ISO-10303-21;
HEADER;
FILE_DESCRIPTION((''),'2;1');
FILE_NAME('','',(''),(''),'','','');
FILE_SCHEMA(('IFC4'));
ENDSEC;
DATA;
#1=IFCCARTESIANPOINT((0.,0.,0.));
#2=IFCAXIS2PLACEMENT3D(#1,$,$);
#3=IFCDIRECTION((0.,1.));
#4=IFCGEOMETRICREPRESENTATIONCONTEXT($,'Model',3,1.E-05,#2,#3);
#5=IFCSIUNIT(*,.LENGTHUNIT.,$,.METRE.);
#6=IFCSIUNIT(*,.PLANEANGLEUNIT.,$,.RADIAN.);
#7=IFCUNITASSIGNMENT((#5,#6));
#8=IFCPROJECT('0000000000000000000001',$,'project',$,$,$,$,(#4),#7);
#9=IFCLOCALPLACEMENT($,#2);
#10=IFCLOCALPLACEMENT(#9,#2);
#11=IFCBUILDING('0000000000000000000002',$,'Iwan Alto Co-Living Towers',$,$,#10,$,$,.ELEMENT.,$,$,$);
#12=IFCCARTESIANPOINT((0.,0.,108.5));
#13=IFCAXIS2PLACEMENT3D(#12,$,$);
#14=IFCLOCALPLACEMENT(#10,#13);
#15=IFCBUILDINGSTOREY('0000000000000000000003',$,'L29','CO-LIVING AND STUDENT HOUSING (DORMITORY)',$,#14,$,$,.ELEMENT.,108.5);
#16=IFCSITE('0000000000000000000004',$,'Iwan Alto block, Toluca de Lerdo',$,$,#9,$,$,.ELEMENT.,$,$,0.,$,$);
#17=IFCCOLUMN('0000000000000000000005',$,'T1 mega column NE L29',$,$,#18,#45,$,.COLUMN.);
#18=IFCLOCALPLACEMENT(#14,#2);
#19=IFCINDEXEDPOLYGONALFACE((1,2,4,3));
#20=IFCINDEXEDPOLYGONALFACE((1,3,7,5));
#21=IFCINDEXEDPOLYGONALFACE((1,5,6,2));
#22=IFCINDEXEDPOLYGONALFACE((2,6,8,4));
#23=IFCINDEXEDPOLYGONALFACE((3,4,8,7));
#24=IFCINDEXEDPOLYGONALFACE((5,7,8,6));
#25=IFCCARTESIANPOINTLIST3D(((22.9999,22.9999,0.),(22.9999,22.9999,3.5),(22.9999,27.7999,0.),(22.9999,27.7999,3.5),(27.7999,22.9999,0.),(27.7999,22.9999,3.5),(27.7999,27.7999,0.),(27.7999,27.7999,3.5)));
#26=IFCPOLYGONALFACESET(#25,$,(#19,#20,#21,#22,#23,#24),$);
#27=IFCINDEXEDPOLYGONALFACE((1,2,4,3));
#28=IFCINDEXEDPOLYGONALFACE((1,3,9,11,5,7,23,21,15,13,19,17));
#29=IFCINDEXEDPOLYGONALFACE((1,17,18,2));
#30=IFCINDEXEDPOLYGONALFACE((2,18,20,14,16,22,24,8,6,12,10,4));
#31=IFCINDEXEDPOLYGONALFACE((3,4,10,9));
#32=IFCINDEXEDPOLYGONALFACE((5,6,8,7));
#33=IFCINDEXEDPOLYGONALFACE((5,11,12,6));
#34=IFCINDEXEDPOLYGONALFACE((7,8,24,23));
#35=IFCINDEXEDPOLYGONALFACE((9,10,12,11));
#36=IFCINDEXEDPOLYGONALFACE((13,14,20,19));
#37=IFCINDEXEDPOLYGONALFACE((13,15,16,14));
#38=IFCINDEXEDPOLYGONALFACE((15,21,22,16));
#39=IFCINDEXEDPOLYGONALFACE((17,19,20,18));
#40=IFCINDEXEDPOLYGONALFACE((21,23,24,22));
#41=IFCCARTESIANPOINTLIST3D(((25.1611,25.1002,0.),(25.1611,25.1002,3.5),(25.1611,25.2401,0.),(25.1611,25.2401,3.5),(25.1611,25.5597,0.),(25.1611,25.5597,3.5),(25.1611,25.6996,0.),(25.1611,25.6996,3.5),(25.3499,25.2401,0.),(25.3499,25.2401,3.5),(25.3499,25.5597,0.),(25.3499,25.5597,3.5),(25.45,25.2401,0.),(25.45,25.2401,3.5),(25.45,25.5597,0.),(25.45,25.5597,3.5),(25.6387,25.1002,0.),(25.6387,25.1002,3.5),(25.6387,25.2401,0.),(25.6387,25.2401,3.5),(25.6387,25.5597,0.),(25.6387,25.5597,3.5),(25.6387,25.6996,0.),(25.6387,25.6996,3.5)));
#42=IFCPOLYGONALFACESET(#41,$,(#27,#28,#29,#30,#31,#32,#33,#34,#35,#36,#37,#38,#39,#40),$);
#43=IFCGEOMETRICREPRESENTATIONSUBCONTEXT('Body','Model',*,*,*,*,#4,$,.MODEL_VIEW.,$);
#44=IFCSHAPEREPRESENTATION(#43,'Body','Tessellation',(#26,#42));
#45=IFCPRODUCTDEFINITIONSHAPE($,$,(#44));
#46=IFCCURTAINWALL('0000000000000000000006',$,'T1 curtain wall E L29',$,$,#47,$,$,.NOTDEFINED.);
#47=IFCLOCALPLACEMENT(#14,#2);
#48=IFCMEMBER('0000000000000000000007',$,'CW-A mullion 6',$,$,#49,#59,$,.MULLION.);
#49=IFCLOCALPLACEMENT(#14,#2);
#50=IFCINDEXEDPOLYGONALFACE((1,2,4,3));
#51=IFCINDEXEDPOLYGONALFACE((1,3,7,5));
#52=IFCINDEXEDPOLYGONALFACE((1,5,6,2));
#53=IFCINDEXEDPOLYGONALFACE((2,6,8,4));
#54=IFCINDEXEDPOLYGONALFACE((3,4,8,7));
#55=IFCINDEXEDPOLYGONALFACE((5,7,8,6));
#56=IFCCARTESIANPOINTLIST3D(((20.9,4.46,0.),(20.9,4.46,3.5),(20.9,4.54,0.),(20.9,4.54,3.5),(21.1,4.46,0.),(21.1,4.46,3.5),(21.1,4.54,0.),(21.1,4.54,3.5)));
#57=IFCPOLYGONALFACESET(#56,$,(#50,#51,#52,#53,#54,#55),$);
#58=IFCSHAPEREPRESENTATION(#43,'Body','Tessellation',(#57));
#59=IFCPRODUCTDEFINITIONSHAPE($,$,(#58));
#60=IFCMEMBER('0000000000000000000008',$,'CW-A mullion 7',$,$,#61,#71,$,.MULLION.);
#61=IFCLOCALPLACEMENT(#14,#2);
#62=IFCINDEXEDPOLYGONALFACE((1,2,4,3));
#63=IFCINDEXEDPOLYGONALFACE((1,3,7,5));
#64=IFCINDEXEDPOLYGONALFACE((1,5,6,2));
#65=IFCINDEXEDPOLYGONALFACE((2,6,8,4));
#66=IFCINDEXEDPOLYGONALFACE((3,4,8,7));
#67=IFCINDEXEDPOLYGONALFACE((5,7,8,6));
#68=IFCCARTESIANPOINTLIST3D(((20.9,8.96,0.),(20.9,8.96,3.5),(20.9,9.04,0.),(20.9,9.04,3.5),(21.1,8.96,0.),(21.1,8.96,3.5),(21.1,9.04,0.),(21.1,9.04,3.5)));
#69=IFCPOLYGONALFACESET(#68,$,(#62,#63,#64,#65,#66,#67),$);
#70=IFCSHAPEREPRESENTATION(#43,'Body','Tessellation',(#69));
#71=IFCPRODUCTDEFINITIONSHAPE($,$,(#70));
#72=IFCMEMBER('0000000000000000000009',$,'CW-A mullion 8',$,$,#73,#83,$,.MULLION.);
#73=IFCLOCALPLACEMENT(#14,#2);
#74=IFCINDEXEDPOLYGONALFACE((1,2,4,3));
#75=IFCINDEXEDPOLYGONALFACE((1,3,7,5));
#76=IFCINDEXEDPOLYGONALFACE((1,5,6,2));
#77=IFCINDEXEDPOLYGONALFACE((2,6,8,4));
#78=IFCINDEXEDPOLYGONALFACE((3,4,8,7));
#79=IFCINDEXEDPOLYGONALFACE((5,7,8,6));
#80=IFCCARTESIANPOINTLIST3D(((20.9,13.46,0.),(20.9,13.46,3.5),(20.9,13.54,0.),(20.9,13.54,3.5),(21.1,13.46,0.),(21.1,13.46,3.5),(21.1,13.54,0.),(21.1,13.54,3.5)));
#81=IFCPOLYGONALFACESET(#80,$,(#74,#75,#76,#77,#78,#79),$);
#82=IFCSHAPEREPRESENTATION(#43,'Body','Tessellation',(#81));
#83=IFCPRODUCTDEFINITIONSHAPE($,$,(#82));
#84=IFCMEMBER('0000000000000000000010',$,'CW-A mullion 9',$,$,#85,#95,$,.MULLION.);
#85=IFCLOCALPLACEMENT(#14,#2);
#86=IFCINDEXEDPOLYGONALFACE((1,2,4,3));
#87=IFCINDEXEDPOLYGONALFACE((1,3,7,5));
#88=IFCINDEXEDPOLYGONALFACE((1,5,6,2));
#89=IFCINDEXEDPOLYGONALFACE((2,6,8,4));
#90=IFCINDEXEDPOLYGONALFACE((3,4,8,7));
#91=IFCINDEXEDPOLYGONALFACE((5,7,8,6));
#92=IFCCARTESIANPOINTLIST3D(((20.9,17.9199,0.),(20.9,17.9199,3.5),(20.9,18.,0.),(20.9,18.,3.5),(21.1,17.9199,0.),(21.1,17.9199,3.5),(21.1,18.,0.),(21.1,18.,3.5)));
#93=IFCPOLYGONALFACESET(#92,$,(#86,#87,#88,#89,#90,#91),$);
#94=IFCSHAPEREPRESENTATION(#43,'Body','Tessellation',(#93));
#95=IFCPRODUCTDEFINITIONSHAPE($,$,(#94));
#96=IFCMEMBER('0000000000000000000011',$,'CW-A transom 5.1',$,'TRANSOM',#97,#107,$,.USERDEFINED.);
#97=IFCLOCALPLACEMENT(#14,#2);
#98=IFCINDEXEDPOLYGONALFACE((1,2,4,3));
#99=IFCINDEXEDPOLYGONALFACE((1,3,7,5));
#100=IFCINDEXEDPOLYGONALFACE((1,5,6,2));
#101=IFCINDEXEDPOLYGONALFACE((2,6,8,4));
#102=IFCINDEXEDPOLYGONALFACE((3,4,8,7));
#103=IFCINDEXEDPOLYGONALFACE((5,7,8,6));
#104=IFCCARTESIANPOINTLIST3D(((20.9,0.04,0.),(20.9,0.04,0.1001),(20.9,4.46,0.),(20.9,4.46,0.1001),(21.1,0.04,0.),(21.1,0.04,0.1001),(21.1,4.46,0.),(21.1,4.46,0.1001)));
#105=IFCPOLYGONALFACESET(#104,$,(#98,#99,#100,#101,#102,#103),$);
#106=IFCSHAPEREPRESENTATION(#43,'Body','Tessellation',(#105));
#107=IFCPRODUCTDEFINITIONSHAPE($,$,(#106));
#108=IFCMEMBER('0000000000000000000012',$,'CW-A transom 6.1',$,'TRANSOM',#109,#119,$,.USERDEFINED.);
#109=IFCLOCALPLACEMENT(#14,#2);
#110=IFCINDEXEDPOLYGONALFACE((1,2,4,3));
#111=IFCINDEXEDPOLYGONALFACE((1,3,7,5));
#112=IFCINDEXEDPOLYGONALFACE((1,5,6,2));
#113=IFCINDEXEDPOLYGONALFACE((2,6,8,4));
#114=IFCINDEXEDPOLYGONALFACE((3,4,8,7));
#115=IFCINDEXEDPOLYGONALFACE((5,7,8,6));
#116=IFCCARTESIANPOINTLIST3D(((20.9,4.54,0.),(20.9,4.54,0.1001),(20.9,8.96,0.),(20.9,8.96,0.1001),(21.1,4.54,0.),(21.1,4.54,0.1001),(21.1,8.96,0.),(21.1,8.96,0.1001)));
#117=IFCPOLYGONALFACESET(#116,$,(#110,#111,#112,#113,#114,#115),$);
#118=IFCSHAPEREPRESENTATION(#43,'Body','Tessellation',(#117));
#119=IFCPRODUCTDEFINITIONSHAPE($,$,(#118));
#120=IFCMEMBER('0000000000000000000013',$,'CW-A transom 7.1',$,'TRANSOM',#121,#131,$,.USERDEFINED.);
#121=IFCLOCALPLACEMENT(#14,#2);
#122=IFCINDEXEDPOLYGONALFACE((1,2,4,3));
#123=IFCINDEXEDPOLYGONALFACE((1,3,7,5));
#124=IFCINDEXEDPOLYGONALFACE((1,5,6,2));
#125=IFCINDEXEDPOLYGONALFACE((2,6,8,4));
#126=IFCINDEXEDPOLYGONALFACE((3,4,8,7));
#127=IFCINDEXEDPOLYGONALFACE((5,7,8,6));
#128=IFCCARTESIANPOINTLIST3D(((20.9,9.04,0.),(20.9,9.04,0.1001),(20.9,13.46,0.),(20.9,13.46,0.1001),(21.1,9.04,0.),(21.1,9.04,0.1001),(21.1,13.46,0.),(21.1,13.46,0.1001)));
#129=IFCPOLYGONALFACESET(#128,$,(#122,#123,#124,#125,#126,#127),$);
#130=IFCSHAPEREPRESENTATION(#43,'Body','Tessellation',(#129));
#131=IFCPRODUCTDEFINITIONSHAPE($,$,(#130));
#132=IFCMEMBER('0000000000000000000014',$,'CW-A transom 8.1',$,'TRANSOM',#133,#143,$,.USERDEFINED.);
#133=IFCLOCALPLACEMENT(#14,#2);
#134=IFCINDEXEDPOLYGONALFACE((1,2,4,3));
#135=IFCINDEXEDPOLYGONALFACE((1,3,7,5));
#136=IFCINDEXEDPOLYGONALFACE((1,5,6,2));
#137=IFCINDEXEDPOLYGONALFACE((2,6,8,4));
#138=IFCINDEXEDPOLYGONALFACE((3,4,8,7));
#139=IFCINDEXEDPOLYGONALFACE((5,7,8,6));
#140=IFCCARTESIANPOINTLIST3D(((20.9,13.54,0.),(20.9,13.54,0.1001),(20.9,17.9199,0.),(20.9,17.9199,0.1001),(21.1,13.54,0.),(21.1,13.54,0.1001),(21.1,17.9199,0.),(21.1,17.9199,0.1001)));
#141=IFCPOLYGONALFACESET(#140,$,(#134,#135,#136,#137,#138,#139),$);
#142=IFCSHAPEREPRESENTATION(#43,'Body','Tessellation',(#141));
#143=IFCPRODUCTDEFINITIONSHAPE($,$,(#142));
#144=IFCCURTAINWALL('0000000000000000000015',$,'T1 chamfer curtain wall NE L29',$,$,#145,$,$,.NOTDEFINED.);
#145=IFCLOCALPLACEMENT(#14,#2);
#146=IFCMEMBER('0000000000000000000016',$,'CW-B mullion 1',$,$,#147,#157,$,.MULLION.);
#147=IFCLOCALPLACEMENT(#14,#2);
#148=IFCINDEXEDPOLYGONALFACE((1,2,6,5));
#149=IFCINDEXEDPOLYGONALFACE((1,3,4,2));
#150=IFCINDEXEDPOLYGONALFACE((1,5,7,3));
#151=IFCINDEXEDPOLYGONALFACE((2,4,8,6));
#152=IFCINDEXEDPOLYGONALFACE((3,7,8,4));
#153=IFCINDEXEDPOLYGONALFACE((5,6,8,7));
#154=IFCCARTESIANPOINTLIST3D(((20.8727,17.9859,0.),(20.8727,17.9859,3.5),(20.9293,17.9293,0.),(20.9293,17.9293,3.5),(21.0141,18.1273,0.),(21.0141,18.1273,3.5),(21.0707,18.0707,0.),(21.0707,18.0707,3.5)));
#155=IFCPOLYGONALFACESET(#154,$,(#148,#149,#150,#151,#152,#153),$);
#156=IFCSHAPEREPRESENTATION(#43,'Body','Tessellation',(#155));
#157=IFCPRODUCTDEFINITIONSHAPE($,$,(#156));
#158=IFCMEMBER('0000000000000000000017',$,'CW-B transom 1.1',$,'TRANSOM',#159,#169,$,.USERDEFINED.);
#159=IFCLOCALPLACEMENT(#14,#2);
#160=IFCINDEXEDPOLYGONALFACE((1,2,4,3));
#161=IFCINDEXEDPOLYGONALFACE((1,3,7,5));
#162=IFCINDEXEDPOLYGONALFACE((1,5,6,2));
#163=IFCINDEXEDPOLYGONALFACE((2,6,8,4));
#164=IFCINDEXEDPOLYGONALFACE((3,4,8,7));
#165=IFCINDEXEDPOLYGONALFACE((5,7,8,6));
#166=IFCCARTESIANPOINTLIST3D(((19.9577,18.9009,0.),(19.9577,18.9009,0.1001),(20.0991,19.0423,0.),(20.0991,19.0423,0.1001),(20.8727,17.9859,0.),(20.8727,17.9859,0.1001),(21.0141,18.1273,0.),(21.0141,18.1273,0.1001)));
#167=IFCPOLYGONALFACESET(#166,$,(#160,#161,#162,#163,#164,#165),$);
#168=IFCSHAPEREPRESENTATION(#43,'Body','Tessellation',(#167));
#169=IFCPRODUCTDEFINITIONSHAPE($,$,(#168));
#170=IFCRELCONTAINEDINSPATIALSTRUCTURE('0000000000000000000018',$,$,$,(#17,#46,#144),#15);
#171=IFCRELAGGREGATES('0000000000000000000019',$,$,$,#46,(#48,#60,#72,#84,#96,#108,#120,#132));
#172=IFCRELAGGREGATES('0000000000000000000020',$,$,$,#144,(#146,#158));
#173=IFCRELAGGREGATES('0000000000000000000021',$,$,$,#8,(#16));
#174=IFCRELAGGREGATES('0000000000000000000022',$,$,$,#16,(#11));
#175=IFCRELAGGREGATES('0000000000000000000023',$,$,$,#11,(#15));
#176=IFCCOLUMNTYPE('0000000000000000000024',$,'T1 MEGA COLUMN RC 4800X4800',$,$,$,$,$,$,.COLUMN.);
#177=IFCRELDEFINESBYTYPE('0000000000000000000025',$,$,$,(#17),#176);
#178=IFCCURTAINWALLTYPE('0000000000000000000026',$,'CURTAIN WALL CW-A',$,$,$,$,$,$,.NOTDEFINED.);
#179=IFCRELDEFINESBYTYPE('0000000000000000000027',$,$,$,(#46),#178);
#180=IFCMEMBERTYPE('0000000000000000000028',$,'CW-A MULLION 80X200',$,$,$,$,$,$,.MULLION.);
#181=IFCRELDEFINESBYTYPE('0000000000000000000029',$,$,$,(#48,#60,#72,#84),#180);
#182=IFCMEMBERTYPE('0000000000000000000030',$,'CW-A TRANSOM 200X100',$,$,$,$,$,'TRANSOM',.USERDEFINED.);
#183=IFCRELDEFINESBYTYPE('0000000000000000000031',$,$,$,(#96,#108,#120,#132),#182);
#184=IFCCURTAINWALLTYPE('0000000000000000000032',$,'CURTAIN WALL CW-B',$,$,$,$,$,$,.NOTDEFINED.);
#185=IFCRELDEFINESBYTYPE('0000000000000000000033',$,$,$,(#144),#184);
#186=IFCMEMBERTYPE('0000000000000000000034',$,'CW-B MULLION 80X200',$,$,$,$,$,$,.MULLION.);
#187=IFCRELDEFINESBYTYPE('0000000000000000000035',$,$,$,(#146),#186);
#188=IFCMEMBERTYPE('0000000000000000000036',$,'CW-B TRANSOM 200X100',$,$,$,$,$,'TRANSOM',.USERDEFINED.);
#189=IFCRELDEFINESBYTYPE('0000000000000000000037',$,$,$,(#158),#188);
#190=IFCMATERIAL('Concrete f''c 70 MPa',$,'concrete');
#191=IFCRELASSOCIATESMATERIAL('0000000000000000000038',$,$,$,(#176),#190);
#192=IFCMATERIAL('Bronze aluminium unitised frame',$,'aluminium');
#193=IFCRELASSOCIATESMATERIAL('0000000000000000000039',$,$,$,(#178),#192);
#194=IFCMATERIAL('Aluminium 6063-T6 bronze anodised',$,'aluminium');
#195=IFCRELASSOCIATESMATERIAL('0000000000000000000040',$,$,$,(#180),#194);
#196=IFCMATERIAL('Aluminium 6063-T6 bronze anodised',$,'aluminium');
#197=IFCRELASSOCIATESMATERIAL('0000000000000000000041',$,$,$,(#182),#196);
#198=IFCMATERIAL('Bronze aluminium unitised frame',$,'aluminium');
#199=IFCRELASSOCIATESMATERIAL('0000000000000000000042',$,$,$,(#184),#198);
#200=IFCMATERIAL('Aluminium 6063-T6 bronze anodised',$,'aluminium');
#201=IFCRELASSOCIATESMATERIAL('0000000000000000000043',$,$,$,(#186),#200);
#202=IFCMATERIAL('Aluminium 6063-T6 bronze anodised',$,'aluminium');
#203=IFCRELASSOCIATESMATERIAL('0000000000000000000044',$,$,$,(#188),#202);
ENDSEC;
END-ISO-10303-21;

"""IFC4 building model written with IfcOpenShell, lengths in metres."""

from ifc_helpers import new_model, si_unit, direction, frame, origin, origin_2d, place, context, subcontext, project, spatial, rectangle, i_section, extrude, material, material_profile, profile_set, type_object, element, aggregate, save


model = new_model("IFC4")

# Units and contexts
model_context = context("Model", 3, precision=1e-05, world=origin(), true_north=direction((0.0, 1.0)))
body_context = subcontext(model_context, "Body", "Model", "MODEL_VIEW")
ifc_project = project(units=[si_unit("LENGTHUNIT", "METRE"), si_unit("PLANEANGLEUNIT", "RADIAN")], contexts=[model_context])

# Site, building, storey
site_placement = place(None, origin())
site = spatial("IfcSite", under=ifc_project, at=site_placement, Name="Iwan Alto block, Toluca de Lerdo", CompositionType="ELEMENT", RefElevation=0.0)
building_placement = place(site_placement, origin())
building = spatial("IfcBuilding", under=site, at=building_placement, Name="Iwan Alto Co-Living Towers", CompositionType="ELEMENT")
storey_placement = place(building_placement, frame((0.0, 0.0, 108.5)))
storey = spatial("IfcBuildingStorey", under=building, at=storey_placement, Name="L29", Description="CO-LIVING AND STUDENT HOUSING (DORMITORY)", CompositionType="ELEMENT", Elevation=108.5)

# Column
ifc_material_1 = material(Name="Concrete f'c 70 MPa", Category="concrete")
ifc_material_profile_1 = material_profile(ifc_material_1, rectangle(XDim=4.8, YDim=4.8, at=origin_2d()), Name="RC 4800X4800")
ifc_profile_set_1 = profile_set([ifc_material_profile_1], Name="Concrete f'c 70 MPa")
column_type = type_object("IfcColumnType", Name="T1 MEGA COLUMN RC 4800X4800", PredefinedType="COLUMN", material=ifc_profile_set_1)
column_placement = place(storey_placement, frame((25.3999, 25.3999, 0.0), z_axis=(0.0, 0.0, 1.0), x_axis=(1.0, 0.0, 0.0)))
element("IfcColumn", 1, at=column_placement, inside=storey, type_object=column_type, Name="T1 mega column NE L29", PredefinedType="COLUMN", context=body_context, shape_type="SweptSolid", body=[
    extrude(rectangle(XDim=4.8, YDim=4.8, at=origin_2d()), origin(), (0.0, 0.0, 1.0), 3.5),
    extrude(i_section(OverallWidth=0.4775, OverallDepth=0.5994, WebThickness=0.1001, FlangeThickness=0.1399, at=origin_2d()), origin(), (0.0, 0.0, 1.0), 3.5),
])

# Curtain walls, members
ifc_material_2 = material(Name="Bronze aluminium unitised frame", Category="aluminium")
curtain_wall_type_1 = type_object("IfcCurtainWallType", Name="CURTAIN WALL CW-A", PredefinedType="NOTDEFINED", material=ifc_material_2)
curtain_wall_1_placement = place(storey_placement, origin())
curtain_wall_1 = element("IfcCurtainWall", 2, at=curtain_wall_1_placement, inside=storey, type_object=curtain_wall_type_1, Name="T1 curtain wall E L29", PredefinedType="NOTDEFINED")
ifc_material_3 = material(Name="Aluminium 6063-T6 bronze anodised", Category="aluminium")
ifc_material_profile_2 = material_profile(ifc_material_3, rectangle(XDim=0.2, YDim=0.0801, at=origin_2d()), Name="AL 80X200")
ifc_profile_set_2 = profile_set([ifc_material_profile_2], Name="Aluminium 6063-T6 bronze anodised")
member_type_1 = type_object("IfcMemberType", Name="CW-A MULLION 80X200", PredefinedType="MULLION", material=ifc_profile_set_2)
member_1_placement = place(storey_placement, frame((21.0, 4.5, 0.0), z_axis=(0.0, 0.0, 1.0), x_axis=(-1.0, 0.0, 0.0)))
member_1 = element("IfcMember", 3, at=member_1_placement, type_object=member_type_1, Name="CW-A mullion 6", PredefinedType="MULLION", context=body_context, shape_type="SweptSolid", body=[
    extrude(rectangle(XDim=0.2, YDim=0.0801, at=origin_2d()), origin(), (0.0, 0.0, 1.0), 3.5),
])
member_2_placement = place(storey_placement, frame((21.0, 9.0, 0.0), z_axis=(0.0, 0.0, 1.0), x_axis=(-1.0, 0.0, 0.0)))
member_2 = element("IfcMember", 4, at=member_2_placement, type_object=member_type_1, Name="CW-A mullion 7", PredefinedType="MULLION", context=body_context, shape_type="SweptSolid", body=[
    extrude(rectangle(XDim=0.2, YDim=0.0801, at=origin_2d()), origin(), (0.0, 0.0, 1.0), 3.5),
])
member_3_placement = place(storey_placement, frame((21.0, 13.5, 0.0), z_axis=(0.0, 0.0, 1.0), x_axis=(-1.0, 0.0, 0.0)))
member_3 = element("IfcMember", 5, at=member_3_placement, type_object=member_type_1, Name="CW-A mullion 8", PredefinedType="MULLION", context=body_context, shape_type="SweptSolid", body=[
    extrude(rectangle(XDim=0.2, YDim=0.0801, at=origin_2d()), origin(), (0.0, 0.0, 1.0), 3.5),
])
member_4_placement = place(storey_placement, frame((21.0, 17.96, 0.0), z_axis=(0.0, 0.0, 1.0), x_axis=(-1.0, 0.0, 0.0)))
member_4 = element("IfcMember", 6, at=member_4_placement, type_object=member_type_1, Name="CW-A mullion 9", PredefinedType="MULLION", context=body_context, shape_type="SweptSolid", body=[
    extrude(rectangle(XDim=0.2, YDim=0.0801, at=origin_2d()), origin(), (0.0, 0.0, 1.0), 3.5),
])
ifc_material_4 = material(Name="Aluminium 6063-T6 bronze anodised", Category="aluminium")
ifc_material_profile_3 = material_profile(ifc_material_4, rectangle(XDim=0.2, YDim=0.1001, at=origin_2d()), Name="AL 200X100")
ifc_profile_set_3 = profile_set([ifc_material_profile_3], Name="Aluminium 6063-T6 bronze anodised")
member_type_2 = type_object("IfcMemberType", Name="CW-A TRANSOM 200X100", ElementType="TRANSOM", PredefinedType="USERDEFINED", material=ifc_profile_set_3)
member_5_placement = place(storey_placement, frame((21.0, 0.04, 0.05), z_axis=(0.0, 1.0, 0.0), x_axis=(-1.0, 0.0, 0.0)))
member_5 = element("IfcMember", 7, at=member_5_placement, type_object=member_type_2, Name="CW-A transom 5.1", ObjectType="TRANSOM", PredefinedType="USERDEFINED", context=body_context, shape_type="SweptSolid", body=[
    extrude(rectangle(XDim=0.2, YDim=0.1001, at=origin_2d()), origin(), (0.0, 0.0, 1.0), 4.4199),
])
member_6_placement = place(storey_placement, frame((21.0, 4.54, 0.05), z_axis=(0.0, 1.0, 0.0), x_axis=(-1.0, 0.0, 0.0)))
member_6 = element("IfcMember", 8, at=member_6_placement, type_object=member_type_2, Name="CW-A transom 6.1", ObjectType="TRANSOM", PredefinedType="USERDEFINED", context=body_context, shape_type="SweptSolid", body=[
    extrude(rectangle(XDim=0.2, YDim=0.1001, at=origin_2d()), origin(), (0.0, 0.0, 1.0), 4.4199),
])
member_7_placement = place(storey_placement, frame((21.0, 9.04, 0.05), z_axis=(0.0, 1.0, 0.0), x_axis=(-1.0, 0.0, 0.0)))
member_7 = element("IfcMember", 9, at=member_7_placement, type_object=member_type_2, Name="CW-A transom 7.1", ObjectType="TRANSOM", PredefinedType="USERDEFINED", context=body_context, shape_type="SweptSolid", body=[
    extrude(rectangle(XDim=0.2, YDim=0.1001, at=origin_2d()), origin(), (0.0, 0.0, 1.0), 4.4199),
])
member_8_placement = place(storey_placement, frame((21.0, 13.54, 0.05), z_axis=(0.0, 1.0, 0.0), x_axis=(-1.0, 0.0, 0.0)))
member_8 = element("IfcMember", 10, at=member_8_placement, type_object=member_type_2, Name="CW-A transom 8.1", ObjectType="TRANSOM", PredefinedType="USERDEFINED", context=body_context, shape_type="SweptSolid", body=[
    extrude(rectangle(XDim=0.2, YDim=0.1001, at=origin_2d()), origin(), (0.0, 0.0, 1.0), 4.3799),
])
ifc_material_5 = material(Name="Bronze aluminium unitised frame", Category="aluminium")
curtain_wall_type_2 = type_object("IfcCurtainWallType", Name="CURTAIN WALL CW-B", PredefinedType="NOTDEFINED", material=ifc_material_5)
curtain_wall_2_placement = place(storey_placement, origin())
curtain_wall_2 = element("IfcCurtainWall", 11, at=curtain_wall_2_placement, inside=storey, type_object=curtain_wall_type_2, Name="T1 chamfer curtain wall NE L29", PredefinedType="NOTDEFINED")
ifc_material_6 = material(Name="Aluminium 6063-T6 bronze anodised", Category="aluminium")
ifc_material_profile_4 = material_profile(ifc_material_6, rectangle(XDim=0.2, YDim=0.0801, at=origin_2d()), Name="AL 80X200")
ifc_profile_set_4 = profile_set([ifc_material_profile_4], Name="Aluminium 6063-T6 bronze anodised")
member_type_3 = type_object("IfcMemberType", Name="CW-B MULLION 80X200", PredefinedType="MULLION", material=ifc_profile_set_4)
member_9_placement = place(storey_placement, frame((20.9717, 18.0283, 0.0), z_axis=(0.0, 0.0, 1.0), x_axis=(-0.707107, -0.707107, 0.0)))
member_9 = element("IfcMember", 12, at=member_9_placement, type_object=member_type_3, Name="CW-B mullion 1", PredefinedType="MULLION", context=body_context, shape_type="SweptSolid", body=[
    extrude(rectangle(XDim=0.2, YDim=0.0801, at=origin_2d()), origin(), (0.0, 0.0, 1.0), 3.5),
])
ifc_material_7 = material(Name="Aluminium 6063-T6 bronze anodised", Category="aluminium")
ifc_material_profile_5 = material_profile(ifc_material_7, rectangle(XDim=0.2, YDim=0.1001, at=origin_2d()), Name="AL 200X100")
ifc_profile_set_5 = profile_set([ifc_material_profile_5], Name="Aluminium 6063-T6 bronze anodised")
member_type_4 = type_object("IfcMemberType", Name="CW-B TRANSOM 200X100", ElementType="TRANSOM", PredefinedType="USERDEFINED", material=ifc_profile_set_5)
member_10_placement = place(storey_placement, frame((20.9434, 18.0566, 0.05), z_axis=(-0.707107, 0.707107, 0.0), x_axis=(-0.707107, -0.707107, 0.0)))
member_10 = element("IfcMember", 13, at=member_10_placement, type_object=member_type_4, Name="CW-B transom 1.1", ObjectType="TRANSOM", PredefinedType="USERDEFINED", context=body_context, shape_type="SweptSolid", body=[
    extrude(rectangle(XDim=0.2, YDim=0.1001, at=origin_2d()), origin(), (0.0, 0.0, 1.0), 1.2939),
])

aggregate(curtain_wall_1, [member_1, member_2, member_3, member_4, member_5, member_6, member_7, member_8])
aggregate(curtain_wall_2, [member_9, member_10])

save(model, "model.ifc")
